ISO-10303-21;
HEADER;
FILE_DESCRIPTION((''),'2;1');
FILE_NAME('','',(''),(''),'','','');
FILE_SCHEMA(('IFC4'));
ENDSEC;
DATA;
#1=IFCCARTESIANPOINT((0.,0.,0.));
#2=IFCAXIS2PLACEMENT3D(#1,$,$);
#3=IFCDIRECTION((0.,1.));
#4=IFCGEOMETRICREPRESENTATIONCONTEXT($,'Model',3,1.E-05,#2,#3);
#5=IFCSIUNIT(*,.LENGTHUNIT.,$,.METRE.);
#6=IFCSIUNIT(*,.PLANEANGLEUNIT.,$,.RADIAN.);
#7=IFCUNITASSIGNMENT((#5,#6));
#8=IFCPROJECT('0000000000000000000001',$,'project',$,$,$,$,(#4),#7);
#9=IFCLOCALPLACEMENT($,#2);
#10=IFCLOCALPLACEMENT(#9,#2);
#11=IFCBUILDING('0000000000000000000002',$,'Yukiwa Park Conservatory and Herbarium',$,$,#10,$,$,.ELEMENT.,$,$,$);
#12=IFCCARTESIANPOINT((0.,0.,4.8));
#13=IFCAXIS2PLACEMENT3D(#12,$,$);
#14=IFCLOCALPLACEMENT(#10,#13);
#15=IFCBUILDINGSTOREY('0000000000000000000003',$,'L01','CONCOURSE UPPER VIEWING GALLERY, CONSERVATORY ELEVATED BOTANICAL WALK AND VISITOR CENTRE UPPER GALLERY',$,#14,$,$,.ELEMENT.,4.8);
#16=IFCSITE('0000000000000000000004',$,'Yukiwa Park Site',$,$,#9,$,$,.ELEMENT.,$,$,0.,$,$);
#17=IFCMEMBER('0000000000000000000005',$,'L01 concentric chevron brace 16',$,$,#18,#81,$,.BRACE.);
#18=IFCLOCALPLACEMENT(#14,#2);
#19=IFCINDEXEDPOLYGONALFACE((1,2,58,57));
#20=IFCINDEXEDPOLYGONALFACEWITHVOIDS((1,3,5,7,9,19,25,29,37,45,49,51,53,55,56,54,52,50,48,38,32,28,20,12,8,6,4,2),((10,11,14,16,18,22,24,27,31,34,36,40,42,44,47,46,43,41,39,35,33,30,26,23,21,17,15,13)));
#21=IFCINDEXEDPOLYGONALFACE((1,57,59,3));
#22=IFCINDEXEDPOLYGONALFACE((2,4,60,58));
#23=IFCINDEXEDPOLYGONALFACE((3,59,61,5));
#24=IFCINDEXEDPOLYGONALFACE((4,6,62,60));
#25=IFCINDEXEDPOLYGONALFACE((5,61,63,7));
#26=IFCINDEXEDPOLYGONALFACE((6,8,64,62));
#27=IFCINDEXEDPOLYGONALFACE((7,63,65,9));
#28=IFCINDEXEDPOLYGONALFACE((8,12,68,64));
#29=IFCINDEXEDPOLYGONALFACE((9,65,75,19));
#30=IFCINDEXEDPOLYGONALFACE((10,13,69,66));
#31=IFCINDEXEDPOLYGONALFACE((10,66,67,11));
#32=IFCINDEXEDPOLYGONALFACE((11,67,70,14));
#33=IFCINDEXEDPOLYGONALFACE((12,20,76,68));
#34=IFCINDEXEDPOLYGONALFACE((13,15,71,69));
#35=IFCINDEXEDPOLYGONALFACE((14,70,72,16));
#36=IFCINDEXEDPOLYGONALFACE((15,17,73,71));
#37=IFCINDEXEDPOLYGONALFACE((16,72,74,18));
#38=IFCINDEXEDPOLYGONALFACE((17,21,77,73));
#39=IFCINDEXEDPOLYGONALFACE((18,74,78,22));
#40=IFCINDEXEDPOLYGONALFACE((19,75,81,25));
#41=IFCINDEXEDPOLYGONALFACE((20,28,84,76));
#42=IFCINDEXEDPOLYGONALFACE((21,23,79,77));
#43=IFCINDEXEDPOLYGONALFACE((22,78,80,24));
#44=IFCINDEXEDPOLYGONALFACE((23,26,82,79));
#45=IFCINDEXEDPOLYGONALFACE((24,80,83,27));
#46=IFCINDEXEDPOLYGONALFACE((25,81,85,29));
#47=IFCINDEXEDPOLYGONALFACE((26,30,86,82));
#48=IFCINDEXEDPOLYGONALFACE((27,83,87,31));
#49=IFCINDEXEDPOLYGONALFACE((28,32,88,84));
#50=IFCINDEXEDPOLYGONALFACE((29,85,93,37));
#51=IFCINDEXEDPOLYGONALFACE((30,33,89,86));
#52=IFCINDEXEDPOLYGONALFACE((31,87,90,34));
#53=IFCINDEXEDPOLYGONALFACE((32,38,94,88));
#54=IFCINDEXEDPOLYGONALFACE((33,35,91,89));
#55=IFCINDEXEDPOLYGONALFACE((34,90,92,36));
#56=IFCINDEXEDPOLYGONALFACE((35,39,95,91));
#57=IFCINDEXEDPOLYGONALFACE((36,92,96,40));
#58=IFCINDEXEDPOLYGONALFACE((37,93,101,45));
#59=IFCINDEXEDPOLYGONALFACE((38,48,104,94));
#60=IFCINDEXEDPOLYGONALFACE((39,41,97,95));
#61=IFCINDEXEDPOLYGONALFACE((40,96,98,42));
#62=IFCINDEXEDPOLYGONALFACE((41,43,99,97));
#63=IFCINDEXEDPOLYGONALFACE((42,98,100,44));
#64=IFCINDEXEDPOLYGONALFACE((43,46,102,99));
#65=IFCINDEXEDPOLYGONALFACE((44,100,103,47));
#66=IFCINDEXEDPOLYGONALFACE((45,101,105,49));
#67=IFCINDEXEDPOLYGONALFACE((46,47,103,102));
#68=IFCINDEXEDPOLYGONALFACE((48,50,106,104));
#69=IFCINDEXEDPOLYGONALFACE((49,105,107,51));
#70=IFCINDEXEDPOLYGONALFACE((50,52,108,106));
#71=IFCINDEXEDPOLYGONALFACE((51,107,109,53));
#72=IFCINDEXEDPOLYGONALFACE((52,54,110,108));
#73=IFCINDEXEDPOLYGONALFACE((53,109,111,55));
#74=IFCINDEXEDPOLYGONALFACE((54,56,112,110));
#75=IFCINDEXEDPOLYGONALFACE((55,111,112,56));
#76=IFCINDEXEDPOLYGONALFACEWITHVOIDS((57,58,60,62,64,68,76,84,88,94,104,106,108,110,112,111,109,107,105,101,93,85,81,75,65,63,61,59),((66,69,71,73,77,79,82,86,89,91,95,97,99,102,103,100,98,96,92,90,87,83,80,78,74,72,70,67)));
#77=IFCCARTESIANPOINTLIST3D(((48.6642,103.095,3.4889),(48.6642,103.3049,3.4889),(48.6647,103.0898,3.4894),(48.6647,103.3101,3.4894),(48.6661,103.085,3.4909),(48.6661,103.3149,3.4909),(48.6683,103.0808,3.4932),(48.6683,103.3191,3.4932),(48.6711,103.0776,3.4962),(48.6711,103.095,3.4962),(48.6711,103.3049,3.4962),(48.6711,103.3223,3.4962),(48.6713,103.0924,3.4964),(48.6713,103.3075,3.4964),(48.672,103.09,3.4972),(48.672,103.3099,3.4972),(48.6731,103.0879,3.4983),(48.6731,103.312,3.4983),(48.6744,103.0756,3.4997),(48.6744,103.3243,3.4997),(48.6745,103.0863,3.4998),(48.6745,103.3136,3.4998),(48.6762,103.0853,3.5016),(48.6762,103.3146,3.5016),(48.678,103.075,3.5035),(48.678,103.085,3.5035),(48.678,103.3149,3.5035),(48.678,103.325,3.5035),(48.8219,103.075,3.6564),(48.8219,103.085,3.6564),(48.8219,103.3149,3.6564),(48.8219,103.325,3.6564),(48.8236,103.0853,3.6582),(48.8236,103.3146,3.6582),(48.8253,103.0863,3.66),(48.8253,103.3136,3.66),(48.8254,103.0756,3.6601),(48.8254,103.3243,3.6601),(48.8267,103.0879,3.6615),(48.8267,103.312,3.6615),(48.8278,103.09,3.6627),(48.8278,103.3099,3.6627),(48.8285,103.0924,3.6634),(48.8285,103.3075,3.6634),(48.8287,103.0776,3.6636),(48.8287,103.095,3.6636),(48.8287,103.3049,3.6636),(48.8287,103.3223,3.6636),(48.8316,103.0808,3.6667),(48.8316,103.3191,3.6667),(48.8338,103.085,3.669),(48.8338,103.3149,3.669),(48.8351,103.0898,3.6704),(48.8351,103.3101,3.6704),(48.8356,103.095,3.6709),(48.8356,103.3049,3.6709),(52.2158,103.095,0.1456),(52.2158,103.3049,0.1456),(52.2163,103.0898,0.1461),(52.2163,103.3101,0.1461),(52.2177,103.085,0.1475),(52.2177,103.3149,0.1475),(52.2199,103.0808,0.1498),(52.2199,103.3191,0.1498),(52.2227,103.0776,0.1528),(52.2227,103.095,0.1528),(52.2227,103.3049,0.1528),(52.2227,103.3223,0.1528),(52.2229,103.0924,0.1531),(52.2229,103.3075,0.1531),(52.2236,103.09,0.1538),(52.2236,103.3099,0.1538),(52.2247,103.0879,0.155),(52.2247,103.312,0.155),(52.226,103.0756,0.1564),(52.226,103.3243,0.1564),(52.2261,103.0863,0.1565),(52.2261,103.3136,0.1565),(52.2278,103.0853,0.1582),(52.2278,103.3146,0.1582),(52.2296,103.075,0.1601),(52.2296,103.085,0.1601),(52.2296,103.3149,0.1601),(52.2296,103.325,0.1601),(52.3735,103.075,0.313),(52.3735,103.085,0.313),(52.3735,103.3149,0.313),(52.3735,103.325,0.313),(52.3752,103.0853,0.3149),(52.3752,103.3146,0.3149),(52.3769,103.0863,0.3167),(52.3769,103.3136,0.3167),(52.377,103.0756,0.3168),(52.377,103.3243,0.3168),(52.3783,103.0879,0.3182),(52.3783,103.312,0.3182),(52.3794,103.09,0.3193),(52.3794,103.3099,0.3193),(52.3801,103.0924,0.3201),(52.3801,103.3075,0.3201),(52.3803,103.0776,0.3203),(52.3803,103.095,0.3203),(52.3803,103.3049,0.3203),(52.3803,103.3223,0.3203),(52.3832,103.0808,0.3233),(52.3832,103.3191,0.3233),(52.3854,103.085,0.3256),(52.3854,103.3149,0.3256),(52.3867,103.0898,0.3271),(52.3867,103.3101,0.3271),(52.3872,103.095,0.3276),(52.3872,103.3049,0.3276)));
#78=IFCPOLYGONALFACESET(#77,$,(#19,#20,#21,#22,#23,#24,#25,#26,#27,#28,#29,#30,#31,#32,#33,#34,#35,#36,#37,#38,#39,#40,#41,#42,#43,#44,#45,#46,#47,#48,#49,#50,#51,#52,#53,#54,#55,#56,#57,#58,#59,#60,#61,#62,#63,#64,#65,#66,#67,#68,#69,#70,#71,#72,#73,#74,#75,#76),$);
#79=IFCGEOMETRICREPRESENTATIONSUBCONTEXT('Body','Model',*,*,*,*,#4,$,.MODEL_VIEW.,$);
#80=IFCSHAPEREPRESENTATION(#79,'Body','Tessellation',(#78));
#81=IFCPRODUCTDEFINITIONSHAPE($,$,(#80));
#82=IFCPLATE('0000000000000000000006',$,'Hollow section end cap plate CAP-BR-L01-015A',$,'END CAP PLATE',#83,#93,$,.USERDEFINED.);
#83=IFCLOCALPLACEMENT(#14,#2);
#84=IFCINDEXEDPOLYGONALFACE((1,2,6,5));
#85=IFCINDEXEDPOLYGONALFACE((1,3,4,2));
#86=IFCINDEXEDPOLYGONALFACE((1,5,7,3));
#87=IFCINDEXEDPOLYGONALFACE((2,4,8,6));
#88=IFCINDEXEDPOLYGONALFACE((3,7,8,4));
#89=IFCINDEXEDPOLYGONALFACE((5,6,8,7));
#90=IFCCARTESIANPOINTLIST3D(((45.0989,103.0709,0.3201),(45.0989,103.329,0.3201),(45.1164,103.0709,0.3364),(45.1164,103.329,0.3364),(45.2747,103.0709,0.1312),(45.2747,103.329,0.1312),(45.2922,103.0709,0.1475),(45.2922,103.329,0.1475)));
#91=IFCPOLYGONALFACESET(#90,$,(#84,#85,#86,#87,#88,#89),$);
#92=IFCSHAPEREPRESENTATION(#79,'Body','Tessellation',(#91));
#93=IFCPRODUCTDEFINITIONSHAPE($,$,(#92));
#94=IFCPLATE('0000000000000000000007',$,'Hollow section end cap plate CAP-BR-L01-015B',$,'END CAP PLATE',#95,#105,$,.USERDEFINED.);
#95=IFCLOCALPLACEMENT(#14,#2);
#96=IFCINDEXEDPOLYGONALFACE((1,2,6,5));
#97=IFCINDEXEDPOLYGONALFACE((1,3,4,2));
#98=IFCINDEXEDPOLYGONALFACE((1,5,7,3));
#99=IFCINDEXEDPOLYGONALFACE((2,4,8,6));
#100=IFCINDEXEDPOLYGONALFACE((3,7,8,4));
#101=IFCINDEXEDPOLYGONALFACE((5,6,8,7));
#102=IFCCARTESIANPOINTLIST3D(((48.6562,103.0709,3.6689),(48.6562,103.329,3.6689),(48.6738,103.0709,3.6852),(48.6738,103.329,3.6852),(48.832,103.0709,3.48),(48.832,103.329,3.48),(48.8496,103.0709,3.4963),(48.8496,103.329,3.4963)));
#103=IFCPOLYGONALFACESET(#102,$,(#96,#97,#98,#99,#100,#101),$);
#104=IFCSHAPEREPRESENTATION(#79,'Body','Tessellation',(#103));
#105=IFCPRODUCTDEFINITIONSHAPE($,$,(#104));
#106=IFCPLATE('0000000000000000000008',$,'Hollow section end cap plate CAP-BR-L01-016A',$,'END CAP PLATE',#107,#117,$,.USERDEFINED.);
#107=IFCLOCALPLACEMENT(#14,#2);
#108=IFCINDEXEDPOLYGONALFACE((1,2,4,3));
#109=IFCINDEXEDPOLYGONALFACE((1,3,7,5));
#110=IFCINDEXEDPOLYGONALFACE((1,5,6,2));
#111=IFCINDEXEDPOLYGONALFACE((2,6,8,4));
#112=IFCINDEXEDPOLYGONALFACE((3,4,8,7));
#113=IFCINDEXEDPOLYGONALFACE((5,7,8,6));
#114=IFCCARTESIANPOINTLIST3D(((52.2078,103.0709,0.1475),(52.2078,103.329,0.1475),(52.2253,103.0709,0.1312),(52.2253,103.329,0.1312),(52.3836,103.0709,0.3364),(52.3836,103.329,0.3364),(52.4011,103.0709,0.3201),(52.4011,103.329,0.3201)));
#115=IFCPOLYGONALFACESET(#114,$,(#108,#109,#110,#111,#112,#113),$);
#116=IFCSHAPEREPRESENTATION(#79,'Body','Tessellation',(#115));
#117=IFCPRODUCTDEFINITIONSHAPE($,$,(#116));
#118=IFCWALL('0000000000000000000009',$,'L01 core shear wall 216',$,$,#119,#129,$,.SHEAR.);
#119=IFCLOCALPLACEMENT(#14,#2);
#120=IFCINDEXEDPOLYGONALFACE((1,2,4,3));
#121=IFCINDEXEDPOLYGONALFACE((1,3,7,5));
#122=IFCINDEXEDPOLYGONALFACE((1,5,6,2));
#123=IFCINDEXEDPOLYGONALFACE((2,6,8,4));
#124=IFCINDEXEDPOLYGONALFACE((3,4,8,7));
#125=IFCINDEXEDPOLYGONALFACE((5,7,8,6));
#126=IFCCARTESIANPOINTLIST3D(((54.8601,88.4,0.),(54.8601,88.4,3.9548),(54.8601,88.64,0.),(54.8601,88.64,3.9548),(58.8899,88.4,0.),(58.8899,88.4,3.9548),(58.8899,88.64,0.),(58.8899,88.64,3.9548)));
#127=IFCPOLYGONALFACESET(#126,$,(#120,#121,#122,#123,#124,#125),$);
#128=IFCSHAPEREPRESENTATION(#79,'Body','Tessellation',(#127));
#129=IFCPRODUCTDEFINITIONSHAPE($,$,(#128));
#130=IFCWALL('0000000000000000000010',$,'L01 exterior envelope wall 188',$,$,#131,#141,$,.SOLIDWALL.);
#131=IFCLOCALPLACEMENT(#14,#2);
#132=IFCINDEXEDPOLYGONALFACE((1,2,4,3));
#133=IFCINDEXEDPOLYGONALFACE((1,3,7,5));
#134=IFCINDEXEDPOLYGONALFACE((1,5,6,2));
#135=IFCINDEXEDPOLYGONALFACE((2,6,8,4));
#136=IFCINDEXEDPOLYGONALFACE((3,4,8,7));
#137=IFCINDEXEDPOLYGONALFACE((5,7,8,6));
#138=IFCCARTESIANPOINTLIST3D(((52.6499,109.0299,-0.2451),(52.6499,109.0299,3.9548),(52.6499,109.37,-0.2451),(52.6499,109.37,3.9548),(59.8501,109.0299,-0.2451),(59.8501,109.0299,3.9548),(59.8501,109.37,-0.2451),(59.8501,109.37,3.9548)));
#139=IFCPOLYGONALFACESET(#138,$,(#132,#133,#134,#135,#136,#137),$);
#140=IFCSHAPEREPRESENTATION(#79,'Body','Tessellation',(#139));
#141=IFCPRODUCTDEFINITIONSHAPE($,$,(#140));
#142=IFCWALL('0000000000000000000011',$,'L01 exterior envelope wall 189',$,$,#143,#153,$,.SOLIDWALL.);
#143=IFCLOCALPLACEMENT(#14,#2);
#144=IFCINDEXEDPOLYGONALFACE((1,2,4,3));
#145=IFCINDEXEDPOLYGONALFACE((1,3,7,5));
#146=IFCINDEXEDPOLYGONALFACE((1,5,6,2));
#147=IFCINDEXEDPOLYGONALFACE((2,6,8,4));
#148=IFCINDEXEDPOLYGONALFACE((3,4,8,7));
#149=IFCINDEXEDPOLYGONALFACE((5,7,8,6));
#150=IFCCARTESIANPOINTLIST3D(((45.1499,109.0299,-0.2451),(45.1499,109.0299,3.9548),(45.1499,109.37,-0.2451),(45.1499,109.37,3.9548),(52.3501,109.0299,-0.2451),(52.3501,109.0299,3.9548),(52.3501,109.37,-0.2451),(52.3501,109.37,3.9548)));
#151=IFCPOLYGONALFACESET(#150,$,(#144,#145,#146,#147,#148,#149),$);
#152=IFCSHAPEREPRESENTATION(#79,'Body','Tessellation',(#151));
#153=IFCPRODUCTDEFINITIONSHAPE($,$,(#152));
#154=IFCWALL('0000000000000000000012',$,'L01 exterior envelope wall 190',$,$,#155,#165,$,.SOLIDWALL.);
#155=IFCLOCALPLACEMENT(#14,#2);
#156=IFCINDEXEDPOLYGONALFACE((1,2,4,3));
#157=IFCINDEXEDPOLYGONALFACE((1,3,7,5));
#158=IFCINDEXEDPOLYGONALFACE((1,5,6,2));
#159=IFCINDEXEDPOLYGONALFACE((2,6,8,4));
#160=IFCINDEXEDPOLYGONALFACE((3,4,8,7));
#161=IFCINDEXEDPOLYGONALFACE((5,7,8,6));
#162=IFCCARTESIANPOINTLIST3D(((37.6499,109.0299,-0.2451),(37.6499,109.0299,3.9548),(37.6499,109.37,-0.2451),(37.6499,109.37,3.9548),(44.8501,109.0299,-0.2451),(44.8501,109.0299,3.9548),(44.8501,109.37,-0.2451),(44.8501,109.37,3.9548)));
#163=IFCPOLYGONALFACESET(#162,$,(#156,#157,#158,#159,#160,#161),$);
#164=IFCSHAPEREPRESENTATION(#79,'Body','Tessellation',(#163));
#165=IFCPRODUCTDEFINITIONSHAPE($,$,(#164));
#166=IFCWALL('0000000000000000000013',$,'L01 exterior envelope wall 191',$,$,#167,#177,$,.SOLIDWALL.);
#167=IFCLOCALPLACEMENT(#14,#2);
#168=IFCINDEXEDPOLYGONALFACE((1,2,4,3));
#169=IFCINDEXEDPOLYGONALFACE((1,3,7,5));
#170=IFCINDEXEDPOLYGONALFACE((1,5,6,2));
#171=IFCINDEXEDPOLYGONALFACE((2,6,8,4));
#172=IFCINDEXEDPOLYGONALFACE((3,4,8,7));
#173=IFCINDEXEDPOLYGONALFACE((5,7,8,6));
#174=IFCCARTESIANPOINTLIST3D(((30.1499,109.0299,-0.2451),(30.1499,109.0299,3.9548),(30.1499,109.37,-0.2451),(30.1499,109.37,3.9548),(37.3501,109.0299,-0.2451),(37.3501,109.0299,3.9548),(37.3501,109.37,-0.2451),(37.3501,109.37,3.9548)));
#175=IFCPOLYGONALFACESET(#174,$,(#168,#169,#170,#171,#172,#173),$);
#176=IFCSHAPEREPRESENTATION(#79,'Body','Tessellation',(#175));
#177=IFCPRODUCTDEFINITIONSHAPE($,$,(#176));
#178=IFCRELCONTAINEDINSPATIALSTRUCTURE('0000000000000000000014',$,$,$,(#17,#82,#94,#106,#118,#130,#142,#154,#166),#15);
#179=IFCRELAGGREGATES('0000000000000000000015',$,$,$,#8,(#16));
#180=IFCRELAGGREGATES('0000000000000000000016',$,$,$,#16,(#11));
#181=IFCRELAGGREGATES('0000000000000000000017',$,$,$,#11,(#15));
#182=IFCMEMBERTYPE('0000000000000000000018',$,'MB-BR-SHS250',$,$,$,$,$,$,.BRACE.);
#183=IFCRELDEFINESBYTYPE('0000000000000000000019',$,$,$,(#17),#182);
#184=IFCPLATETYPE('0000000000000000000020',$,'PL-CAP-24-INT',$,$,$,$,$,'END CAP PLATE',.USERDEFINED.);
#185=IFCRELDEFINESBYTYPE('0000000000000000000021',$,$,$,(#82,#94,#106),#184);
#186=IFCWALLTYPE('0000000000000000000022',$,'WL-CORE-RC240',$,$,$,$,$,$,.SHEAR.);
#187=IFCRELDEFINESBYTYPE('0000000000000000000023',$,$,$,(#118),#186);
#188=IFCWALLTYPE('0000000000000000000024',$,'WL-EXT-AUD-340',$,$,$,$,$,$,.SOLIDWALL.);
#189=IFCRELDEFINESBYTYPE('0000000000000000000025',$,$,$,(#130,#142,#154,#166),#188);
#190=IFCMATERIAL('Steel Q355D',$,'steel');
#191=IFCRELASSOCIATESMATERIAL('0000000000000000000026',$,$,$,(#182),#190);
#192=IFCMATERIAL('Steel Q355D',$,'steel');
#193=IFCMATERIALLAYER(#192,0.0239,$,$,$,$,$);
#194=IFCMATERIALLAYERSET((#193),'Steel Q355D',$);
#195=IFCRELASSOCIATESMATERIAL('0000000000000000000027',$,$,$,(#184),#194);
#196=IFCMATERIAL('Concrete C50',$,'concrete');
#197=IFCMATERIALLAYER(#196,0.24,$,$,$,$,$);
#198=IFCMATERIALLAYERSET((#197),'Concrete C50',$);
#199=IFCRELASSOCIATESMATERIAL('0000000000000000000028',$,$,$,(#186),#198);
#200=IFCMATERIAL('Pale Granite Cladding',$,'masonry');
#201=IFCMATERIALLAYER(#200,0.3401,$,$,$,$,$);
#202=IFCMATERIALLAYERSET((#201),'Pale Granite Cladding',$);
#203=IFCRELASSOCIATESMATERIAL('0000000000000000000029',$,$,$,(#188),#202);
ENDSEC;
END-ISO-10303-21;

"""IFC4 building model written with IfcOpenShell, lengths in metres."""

from ifc_helpers import new_model, si_unit, direction, frame, frame_2d, origin, origin_2d, place, context, subcontext, project, spatial, rectangle, hollow_rectangle, extrude, material, layer, layer_set, material_profile, profile_set, type_object, element, save


model = new_model("IFC4")

# Units and contexts
model_context = context("Model", 3, precision=1e-05, world=origin(), true_north=direction((0.0, 1.0)))
body_context = subcontext(model_context, "Body", "Model", "MODEL_VIEW")
ifc_project = project(units=[si_unit("LENGTHUNIT", "METRE"), si_unit("PLANEANGLEUNIT", "RADIAN")], contexts=[model_context])

# Site, building, storey
site_placement = place(None, origin())
site = spatial("IfcSite", under=ifc_project, at=site_placement, Name="Yukiwa Park Site", CompositionType="ELEMENT", RefElevation=0.0)
building_placement = place(site_placement, origin())
building = spatial("IfcBuilding", under=site, at=building_placement, Name="Yukiwa Park Conservatory and Herbarium", CompositionType="ELEMENT")
storey_placement = place(building_placement, frame((0.0, 0.0, 4.8)))
storey = spatial("IfcBuildingStorey", under=building, at=storey_placement, Name="L01", Description="CONCOURSE UPPER VIEWING GALLERY, CONSERVATORY ELEVATED BOTANICAL WALK AND VISITOR CENTRE UPPER GALLERY", CompositionType="ELEMENT", Elevation=4.8)

# Member
ifc_material_1 = material(Name="Steel Q355D", Category="steel")
ifc_material_profile_1 = material_profile(ifc_material_1, hollow_rectangle(XDim=0.25, YDim=0.25, WallThickness=0.01, InnerFilletRadius=0.01, OuterFilletRadius=0.02, at=origin_2d()), Name="SHS 250x250x10")
ifc_profile_set_1 = profile_set([ifc_material_profile_1], Name="Steel Q355D")
member_type = type_object("IfcMemberType", Name="MB-BR-SHS250", PredefinedType="BRACE", material=ifc_profile_set_1)
for number, where, z_axis, x_axis, name in (
    (1, (52.3015, 103.2, 0.2366), (-0.728132, 0.0, 0.685437), (0.0, -1.0, 0.0), "L01 concentric chevron brace 16"),
):
    element("IfcMember", number, at=place(storey_placement, frame(where, z_axis=z_axis, x_axis=x_axis)), inside=storey, type_object=member_type, Name=name, PredefinedType="BRACE", context=body_context, shape_type="SweptSolid", body=[
        extrude(hollow_rectangle(XDim=0.25, YDim=0.25, WallThickness=0.01, InnerFilletRadius=0.01, OuterFilletRadius=0.02, at=origin_2d()), origin(), (0.0, 0.0, 1.0), 4.8777),
    ])

# Plates
ifc_material_2 = material(Name="Steel Q355D", Category="steel")
ifc_layer_1 = layer(ifc_material_2, 0.0239)
ifc_layer_set_1 = layer_set([ifc_layer_1], Name="Steel Q355D")
plate_type = type_object("IfcPlateType", Name="PL-CAP-24-INT", ElementType="END CAP PLATE", PredefinedType="USERDEFINED", material=ifc_layer_set_1)
for number, where, z_axis, x_axis, name in (
    (2, (45.2043, 103.2, 0.2419), (-0.732069, 0.0, -0.681231), (0.0, -1.0, 0.0), "Hollow section end cap plate CAP-BR-L01-015A"),
    (3, (48.7441, 103.2, 3.5745), (0.732069, 0.0, 0.681231), (0.0, 1.0, 0.0), "Hollow section end cap plate CAP-BR-L01-015B"),
    (4, (52.2957, 103.2, 0.2419), (0.732069, 0.0, -0.681231), (0.0, 1.0, 0.0), "Hollow section end cap plate CAP-BR-L01-016A"),
):
    element("IfcPlate", number, at=place(storey_placement, frame(where, z_axis=z_axis, x_axis=x_axis)), inside=storey, type_object=plate_type, Name=name, ObjectType="END CAP PLATE", PredefinedType="USERDEFINED", context=body_context, shape_type="SweptSolid", body=[
        extrude(rectangle(XDim=0.2581, YDim=0.2581, at=origin_2d()), origin(), (0.0, 0.0, 1.0), 0.0239),
    ])

# Walls
ifc_material_3 = material(Name="Concrete C50", Category="concrete")
ifc_layer_2 = layer(ifc_material_3, 0.24)
ifc_layer_set_2 = layer_set([ifc_layer_2], Name="Concrete C50")
wall_type_1 = type_object("IfcWallType", Name="WL-CORE-RC240", PredefinedType="SHEAR", material=ifc_layer_set_2)
wall_placement = place(storey_placement, frame((54.8601, 88.52, 0.0), z_axis=(0.0, 0.0, 1.0), x_axis=(1.0, 0.0, 0.0)))
element("IfcWall", 5, at=wall_placement, inside=storey, type_object=wall_type_1, Name="L01 core shear wall 216", PredefinedType="SHEAR", context=body_context, shape_type="SweptSolid", body=[
    extrude(rectangle(XDim=4.0298, YDim=0.24, at=frame_2d((2.0149, 0.0))), origin(), (0.0, 0.0, 1.0), 3.9548),
])
ifc_material_4 = material(Name="Pale Granite Cladding", Category="masonry")
ifc_layer_3 = layer(ifc_material_4, 0.3401)
ifc_layer_set_3 = layer_set([ifc_layer_3], Name="Pale Granite Cladding")
wall_type_2 = type_object("IfcWallType", Name="WL-EXT-AUD-340", PredefinedType="SOLIDWALL", material=ifc_layer_set_3)
for number, where, z_axis, x_axis, name in (
    (6, (59.8501, 109.2, -0.2451), (0.0, 0.0, 1.0), (-1.0, 0.0, 0.0), "L01 exterior envelope wall 188"),
    (7, (52.3501, 109.2, -0.2451), (0.0, 0.0, 1.0), (-1.0, 0.0, 0.0), "L01 exterior envelope wall 189"),
    (8, (44.8501, 109.2, -0.2451), (0.0, 0.0, 1.0), (-1.0, 0.0, 0.0), "L01 exterior envelope wall 190"),
    (9, (37.3501, 109.2, -0.2451), (0.0, 0.0, 1.0), (-1.0, 0.0, 0.0), "L01 exterior envelope wall 191"),
):
    element("IfcWall", number, at=place(storey_placement, frame(where, z_axis=z_axis, x_axis=x_axis)), inside=storey, type_object=wall_type_2, Name=name, PredefinedType="SOLIDWALL", context=body_context, shape_type="SweptSolid", body=[
        extrude(rectangle(XDim=7.2002, YDim=0.3401, at=frame_2d((3.6001, 0.0))), origin(), (0.0, 0.0, 1.0), 4.2),
    ])

save(model, "model.ifc")
